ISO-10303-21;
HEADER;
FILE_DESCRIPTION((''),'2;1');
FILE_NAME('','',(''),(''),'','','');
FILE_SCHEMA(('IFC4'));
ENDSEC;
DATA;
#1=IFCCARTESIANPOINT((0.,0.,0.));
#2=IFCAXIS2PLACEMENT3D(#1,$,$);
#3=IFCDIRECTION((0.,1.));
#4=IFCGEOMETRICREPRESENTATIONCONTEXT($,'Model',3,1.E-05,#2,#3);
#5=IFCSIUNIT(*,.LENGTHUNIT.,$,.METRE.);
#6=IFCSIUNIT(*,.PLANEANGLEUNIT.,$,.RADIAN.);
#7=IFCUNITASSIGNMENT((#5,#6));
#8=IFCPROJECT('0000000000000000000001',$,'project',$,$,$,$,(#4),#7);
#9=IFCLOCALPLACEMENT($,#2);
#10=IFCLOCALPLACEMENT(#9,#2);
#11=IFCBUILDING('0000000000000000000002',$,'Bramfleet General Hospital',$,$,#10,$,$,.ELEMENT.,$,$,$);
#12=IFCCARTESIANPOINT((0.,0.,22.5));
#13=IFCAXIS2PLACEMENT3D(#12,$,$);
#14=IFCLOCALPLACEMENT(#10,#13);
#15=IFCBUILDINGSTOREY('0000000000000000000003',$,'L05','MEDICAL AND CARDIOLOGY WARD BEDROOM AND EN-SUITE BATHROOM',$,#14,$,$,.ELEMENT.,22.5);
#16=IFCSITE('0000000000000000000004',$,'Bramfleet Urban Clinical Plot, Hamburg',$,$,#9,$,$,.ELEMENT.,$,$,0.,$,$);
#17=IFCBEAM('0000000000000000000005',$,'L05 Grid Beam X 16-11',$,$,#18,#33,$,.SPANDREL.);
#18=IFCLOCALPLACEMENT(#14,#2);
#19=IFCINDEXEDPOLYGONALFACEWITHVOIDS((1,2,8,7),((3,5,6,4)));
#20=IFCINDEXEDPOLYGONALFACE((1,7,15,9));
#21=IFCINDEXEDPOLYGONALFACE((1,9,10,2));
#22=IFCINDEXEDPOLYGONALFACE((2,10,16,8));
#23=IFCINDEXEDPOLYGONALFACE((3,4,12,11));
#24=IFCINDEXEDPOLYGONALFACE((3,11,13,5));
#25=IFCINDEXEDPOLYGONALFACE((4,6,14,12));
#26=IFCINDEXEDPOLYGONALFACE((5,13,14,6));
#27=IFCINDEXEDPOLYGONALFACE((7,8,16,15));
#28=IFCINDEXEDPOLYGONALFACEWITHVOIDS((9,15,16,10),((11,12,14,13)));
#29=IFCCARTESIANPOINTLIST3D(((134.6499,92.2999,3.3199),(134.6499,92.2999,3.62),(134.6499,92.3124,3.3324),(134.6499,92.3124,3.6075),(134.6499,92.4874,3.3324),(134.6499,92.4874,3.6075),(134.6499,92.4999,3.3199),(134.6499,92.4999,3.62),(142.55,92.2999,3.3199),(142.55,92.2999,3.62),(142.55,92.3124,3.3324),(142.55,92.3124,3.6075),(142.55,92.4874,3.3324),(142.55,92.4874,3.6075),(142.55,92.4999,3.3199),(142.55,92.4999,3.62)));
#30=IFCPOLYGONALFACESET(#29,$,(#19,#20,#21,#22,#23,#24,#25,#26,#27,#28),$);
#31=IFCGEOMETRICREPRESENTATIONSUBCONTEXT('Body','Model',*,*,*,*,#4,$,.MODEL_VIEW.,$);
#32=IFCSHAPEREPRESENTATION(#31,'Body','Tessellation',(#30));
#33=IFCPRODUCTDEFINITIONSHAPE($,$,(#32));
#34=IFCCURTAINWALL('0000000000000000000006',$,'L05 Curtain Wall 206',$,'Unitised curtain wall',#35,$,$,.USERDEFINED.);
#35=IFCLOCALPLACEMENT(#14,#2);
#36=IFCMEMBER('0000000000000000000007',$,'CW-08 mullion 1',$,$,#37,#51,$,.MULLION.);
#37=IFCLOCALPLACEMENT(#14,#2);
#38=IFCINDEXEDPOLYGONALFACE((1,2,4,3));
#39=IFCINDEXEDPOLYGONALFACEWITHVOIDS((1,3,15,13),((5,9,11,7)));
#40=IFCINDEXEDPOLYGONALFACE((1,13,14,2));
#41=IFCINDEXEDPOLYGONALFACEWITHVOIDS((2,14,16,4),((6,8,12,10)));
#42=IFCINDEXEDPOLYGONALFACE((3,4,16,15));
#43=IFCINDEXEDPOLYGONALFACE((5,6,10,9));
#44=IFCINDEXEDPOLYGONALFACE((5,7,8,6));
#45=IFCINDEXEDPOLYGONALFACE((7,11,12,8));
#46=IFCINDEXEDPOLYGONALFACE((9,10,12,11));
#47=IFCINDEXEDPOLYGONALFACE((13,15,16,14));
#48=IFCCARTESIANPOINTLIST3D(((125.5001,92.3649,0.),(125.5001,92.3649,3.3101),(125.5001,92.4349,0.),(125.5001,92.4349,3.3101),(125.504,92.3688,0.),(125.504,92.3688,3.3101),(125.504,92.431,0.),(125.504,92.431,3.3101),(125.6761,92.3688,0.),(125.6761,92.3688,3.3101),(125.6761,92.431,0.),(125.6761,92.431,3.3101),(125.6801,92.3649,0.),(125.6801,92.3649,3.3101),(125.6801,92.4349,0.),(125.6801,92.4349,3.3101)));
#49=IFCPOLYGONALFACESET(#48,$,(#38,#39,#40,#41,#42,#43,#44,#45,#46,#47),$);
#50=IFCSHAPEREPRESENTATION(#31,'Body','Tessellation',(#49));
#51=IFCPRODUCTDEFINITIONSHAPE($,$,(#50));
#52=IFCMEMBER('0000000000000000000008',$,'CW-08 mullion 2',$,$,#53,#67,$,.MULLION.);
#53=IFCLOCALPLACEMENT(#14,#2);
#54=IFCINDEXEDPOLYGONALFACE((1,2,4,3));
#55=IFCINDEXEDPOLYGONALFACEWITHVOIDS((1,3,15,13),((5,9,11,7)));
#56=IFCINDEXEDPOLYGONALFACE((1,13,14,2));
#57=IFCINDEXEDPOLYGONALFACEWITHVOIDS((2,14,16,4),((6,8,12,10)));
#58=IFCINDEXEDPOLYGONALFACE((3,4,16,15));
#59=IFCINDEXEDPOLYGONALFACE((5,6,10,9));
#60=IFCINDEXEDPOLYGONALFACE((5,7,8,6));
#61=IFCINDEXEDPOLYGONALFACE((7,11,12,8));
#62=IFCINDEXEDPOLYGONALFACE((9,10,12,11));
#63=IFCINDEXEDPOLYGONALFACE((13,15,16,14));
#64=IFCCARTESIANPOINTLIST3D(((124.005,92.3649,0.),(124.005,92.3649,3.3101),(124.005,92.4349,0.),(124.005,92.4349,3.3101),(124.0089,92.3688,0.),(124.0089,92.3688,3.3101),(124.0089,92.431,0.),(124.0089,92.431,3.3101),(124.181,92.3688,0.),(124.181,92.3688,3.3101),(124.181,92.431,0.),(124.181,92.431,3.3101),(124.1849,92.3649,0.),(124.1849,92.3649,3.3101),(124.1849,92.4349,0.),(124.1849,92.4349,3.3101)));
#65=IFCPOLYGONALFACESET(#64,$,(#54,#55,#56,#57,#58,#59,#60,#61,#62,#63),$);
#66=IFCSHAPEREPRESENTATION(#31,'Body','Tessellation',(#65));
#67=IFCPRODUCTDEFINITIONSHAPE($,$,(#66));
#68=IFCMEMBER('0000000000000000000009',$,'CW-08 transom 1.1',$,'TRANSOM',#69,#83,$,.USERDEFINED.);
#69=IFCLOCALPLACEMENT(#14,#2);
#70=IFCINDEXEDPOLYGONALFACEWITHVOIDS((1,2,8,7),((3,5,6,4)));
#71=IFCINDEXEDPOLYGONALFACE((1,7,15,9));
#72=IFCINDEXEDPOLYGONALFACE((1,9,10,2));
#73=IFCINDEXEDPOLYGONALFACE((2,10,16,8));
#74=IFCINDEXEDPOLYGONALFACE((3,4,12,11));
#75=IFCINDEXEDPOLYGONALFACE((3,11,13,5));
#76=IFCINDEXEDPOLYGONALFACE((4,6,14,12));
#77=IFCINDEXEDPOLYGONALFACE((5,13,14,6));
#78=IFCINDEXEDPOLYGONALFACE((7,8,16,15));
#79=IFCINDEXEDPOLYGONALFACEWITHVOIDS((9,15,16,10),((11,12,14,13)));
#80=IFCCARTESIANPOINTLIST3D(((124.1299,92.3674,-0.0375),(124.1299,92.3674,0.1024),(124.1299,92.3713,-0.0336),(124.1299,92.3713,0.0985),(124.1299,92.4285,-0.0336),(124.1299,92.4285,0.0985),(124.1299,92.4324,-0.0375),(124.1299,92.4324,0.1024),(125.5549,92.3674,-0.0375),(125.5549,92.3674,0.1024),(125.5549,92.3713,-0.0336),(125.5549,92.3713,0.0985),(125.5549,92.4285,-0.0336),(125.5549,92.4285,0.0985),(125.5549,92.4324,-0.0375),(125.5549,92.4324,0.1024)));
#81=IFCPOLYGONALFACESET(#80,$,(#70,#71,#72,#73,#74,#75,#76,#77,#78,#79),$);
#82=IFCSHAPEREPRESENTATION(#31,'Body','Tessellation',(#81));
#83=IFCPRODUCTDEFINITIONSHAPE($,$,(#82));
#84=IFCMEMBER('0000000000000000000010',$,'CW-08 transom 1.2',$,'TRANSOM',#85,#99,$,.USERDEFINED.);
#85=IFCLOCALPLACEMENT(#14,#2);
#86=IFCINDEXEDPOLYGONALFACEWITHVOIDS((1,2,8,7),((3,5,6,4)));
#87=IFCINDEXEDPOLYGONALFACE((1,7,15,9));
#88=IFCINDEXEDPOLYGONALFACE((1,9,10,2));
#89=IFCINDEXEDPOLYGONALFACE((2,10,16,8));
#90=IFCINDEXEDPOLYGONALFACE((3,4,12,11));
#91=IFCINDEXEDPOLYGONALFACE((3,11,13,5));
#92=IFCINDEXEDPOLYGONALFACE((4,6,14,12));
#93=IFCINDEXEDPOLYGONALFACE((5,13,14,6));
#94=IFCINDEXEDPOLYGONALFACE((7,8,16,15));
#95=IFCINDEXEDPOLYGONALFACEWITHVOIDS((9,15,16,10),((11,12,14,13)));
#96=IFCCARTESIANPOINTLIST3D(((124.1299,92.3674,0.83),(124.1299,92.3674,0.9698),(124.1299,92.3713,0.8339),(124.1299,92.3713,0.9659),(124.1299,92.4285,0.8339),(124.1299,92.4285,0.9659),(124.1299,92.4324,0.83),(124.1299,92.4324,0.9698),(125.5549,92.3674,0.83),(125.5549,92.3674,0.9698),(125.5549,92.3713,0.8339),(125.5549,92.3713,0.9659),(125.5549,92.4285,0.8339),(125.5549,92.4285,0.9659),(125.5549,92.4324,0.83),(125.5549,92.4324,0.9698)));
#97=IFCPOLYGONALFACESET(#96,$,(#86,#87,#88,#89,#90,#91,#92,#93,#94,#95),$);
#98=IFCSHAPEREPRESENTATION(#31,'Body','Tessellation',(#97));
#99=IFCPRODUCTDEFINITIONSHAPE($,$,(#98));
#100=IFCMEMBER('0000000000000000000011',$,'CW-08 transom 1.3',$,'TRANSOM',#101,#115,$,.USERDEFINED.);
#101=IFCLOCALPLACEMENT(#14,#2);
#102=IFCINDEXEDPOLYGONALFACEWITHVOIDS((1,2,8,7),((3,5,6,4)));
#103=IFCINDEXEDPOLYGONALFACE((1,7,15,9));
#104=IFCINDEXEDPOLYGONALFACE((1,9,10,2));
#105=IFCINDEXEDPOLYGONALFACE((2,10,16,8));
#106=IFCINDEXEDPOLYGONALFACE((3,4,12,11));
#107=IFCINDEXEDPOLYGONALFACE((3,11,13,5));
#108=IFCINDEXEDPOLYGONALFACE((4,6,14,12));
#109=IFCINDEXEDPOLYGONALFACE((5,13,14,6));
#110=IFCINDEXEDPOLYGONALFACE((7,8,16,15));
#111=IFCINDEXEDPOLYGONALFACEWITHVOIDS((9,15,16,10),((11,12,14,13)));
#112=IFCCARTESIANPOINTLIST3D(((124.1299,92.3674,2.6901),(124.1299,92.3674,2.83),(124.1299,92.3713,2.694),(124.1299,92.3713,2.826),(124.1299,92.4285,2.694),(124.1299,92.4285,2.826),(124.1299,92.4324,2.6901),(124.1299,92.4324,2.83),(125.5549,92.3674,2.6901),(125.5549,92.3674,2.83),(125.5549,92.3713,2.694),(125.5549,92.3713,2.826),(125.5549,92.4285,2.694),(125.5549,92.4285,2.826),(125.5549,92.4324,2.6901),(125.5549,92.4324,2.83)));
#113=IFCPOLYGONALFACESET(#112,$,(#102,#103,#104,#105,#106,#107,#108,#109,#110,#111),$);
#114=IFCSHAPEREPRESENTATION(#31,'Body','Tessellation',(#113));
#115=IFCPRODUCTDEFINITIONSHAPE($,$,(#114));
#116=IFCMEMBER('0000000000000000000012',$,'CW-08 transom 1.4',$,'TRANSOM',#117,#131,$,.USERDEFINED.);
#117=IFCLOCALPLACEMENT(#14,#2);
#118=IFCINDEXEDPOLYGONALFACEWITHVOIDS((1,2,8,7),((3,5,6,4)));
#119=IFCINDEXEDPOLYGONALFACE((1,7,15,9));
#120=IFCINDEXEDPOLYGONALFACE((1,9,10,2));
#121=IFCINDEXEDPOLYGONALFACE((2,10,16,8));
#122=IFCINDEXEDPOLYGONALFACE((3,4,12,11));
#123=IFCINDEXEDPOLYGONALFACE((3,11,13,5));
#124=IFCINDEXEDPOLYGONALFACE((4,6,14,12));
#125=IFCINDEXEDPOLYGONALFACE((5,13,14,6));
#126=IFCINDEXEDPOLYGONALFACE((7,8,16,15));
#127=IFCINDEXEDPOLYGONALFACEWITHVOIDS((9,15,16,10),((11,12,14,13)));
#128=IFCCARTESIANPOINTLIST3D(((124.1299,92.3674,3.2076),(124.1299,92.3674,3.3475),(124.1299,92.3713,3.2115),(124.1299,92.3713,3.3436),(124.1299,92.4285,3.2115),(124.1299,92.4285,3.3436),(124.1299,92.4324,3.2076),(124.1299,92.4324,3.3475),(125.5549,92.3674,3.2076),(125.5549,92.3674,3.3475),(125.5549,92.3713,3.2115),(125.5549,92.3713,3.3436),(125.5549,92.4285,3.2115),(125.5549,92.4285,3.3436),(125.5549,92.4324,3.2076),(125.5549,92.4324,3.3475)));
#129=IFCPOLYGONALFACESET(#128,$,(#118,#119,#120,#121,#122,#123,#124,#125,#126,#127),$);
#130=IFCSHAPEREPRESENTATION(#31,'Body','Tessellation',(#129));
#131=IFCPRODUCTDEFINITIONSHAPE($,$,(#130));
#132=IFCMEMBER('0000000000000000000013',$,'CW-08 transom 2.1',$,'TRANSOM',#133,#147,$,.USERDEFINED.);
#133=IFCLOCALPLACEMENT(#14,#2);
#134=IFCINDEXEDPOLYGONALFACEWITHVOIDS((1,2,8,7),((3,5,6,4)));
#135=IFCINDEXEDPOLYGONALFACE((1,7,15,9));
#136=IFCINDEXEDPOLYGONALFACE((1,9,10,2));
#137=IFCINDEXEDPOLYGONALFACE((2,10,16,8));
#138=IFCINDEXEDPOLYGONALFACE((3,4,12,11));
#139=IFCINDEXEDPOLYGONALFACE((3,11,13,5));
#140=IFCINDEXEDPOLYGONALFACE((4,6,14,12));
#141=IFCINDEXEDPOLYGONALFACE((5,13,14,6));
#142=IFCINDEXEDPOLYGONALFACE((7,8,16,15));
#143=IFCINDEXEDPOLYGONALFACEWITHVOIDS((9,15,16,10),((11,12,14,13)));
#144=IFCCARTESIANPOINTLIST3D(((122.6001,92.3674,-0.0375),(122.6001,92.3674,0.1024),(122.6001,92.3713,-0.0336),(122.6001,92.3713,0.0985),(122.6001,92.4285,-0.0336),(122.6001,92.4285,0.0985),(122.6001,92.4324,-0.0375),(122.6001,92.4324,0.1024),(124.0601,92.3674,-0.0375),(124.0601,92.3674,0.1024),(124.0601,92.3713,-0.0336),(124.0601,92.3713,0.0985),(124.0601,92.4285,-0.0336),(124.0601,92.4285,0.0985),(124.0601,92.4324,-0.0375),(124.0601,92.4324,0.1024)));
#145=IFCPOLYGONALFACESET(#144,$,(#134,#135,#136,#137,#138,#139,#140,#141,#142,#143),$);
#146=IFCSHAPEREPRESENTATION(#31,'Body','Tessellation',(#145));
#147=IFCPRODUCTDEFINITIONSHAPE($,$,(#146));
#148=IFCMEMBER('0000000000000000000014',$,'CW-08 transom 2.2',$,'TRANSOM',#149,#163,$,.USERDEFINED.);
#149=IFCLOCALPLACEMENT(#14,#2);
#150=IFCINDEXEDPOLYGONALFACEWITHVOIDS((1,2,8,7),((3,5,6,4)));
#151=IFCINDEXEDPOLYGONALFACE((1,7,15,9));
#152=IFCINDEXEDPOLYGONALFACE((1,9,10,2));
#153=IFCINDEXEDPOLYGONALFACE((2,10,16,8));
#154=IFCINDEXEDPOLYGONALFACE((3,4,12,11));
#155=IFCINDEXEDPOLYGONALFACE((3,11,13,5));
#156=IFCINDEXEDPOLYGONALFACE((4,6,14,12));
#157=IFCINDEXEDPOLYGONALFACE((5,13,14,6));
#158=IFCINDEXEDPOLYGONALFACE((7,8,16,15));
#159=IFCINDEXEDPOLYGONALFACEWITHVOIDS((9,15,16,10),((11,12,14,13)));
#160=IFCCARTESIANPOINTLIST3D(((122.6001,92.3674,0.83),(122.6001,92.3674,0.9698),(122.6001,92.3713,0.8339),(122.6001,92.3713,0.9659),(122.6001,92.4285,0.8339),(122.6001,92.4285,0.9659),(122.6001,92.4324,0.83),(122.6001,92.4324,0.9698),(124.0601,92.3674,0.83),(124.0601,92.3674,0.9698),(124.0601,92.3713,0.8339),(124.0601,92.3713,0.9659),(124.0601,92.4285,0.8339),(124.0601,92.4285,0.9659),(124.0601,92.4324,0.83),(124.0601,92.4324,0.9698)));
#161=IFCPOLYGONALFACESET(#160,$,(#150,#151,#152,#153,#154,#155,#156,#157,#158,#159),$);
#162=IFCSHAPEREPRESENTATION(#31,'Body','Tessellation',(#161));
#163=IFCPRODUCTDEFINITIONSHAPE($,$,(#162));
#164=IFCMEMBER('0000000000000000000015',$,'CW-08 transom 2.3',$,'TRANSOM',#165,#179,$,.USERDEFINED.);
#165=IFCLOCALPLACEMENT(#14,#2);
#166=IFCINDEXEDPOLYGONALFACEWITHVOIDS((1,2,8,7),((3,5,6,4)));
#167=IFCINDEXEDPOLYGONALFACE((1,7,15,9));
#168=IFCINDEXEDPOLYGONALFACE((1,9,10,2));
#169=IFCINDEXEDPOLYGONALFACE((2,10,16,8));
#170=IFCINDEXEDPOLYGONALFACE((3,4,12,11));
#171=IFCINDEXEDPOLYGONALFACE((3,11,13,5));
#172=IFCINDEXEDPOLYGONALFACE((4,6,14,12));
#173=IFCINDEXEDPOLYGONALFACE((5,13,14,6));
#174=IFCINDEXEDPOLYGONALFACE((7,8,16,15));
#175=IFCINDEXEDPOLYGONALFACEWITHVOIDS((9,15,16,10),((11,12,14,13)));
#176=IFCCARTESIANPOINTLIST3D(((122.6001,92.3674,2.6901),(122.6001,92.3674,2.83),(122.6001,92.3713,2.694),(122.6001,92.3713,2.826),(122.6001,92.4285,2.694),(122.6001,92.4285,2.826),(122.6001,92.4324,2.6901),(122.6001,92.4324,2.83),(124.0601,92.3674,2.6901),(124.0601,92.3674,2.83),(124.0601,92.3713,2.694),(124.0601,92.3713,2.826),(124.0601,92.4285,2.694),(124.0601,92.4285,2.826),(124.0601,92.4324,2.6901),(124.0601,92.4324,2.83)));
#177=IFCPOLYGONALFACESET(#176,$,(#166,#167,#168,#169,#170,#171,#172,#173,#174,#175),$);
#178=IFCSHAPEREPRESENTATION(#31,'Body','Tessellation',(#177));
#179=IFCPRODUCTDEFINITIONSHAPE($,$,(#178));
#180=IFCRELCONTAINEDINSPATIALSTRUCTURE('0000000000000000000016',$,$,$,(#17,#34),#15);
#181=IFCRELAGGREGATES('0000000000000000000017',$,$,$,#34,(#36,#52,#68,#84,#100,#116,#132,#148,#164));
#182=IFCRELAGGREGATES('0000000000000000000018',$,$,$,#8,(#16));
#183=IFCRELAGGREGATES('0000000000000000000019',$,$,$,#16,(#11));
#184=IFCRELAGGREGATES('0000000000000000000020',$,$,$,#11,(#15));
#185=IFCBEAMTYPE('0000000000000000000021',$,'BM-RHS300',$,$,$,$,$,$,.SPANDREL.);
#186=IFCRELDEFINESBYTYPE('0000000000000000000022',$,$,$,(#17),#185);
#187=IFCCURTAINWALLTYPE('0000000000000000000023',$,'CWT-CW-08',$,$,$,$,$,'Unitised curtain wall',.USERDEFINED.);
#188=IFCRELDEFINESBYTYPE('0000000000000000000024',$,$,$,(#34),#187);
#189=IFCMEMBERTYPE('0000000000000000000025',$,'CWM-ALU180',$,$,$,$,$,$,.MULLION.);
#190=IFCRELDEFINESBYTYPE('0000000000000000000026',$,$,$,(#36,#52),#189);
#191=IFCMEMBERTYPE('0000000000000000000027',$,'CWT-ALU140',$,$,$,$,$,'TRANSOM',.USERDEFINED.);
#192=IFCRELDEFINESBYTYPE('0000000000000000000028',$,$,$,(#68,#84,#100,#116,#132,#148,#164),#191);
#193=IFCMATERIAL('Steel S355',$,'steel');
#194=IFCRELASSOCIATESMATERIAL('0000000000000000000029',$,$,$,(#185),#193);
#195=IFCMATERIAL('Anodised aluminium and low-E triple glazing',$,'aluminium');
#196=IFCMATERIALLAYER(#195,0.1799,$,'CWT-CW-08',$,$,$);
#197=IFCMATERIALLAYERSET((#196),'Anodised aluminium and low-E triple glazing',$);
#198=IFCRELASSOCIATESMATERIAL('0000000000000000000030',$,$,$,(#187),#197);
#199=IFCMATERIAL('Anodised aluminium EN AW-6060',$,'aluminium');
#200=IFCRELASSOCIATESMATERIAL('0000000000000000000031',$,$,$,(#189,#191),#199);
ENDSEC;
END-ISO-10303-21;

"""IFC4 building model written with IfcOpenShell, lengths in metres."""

from ifc_helpers import new_model, si_unit, direction, frame, origin, origin_2d, place, context, subcontext, project, spatial, hollow_rectangle, extrude, material, layer, layer_set, material_profile, profile_set, type_object, element, aggregate, save


model = new_model("IFC4")

# Units and contexts
model_context = context("Model", 3, precision=1e-05, world=origin(), true_north=direction((0.0, 1.0)))
body_context = subcontext(model_context, "Body", "Model", "MODEL_VIEW")
ifc_project = project(units=[si_unit("LENGTHUNIT", "METRE"), si_unit("PLANEANGLEUNIT", "RADIAN")], contexts=[model_context])

# Site, building, storey
site_placement = place(None, origin())
site = spatial("IfcSite", under=ifc_project, at=site_placement, Name="Bramfleet Urban Clinical Plot, Hamburg", CompositionType="ELEMENT", RefElevation=0.0)
building_placement = place(site_placement, origin())
building = spatial("IfcBuilding", under=site, at=building_placement, Name="Bramfleet General Hospital", CompositionType="ELEMENT")
storey_placement = place(building_placement, frame((0.0, 0.0, 22.5)))
storey = spatial("IfcBuildingStorey", under=building, at=storey_placement, Name="L05", Description="MEDICAL AND CARDIOLOGY WARD BEDROOM AND EN-SUITE BATHROOM", CompositionType="ELEMENT", Elevation=22.5)

# Beam
ifc_material_1 = material(Name="Steel S355", Category="steel")
ifc_material_profile_1 = material_profile(ifc_material_1, hollow_rectangle(XDim=0.2, YDim=0.3, WallThickness=0.0125, at=origin_2d()), Name="RHS 300x200x12.5")
ifc_profile_set_1 = profile_set([ifc_material_profile_1], Name="Steel S355")
beam_type_1 = type_object("IfcBeamType", Name="BM-RHS300", PredefinedType="SPANDREL", material=ifc_profile_set_1)
beam_1_placement = place(storey_placement, frame((134.6499, 92.3999, 3.47), z_axis=(1.0, 0.0, 0.0), x_axis=(0.0, 1.0, 0.0)))
element("IfcBeam", 1, at=beam_1_placement, inside=storey, type_object=beam_type_1, Name="L05 Grid Beam X 16-11", PredefinedType="SPANDREL", context=body_context, shape_type="SweptSolid", body=[
    extrude(hollow_rectangle(XDim=0.2, YDim=0.3, WallThickness=0.0125, at=origin_2d()), origin(), (0.0, 0.0, 1.0), 7.9001),
])

# Curtain wall, members
ifc_material_2 = material(Name="Anodised aluminium and low-E triple glazing", Category="aluminium")
ifc_layer_1 = layer(ifc_material_2, 0.1799, Name="CWT-CW-08")
ifc_layer_set_1 = layer_set([ifc_layer_1], Name="Anodised aluminium and low-E triple glazing")
curtain_wall_type = type_object("IfcCurtainWallType", Name="CWT-CW-08", ElementType="Unitised curtain wall", PredefinedType="USERDEFINED", material=ifc_layer_set_1)
curtain_wall_placement = place(storey_placement, origin())
curtain_wall = element("IfcCurtainWall", 2, at=curtain_wall_placement, inside=storey, type_object=curtain_wall_type, Name="L05 Curtain Wall 206", ObjectType="Unitised curtain wall", PredefinedType="USERDEFINED")
ifc_material_3 = material(Name="Anodised aluminium EN AW-6060", Category="aluminium")
ifc_material_profile_2 = material_profile(ifc_material_3, hollow_rectangle(XDim=0.0701, YDim=0.1799, WallThickness=0.0039, at=origin_2d()), Name="ALU 180x70x4.0")
ifc_profile_set_2 = profile_set([ifc_material_profile_2], Name="Anodised aluminium EN AW-6060")
member_type_1 = type_object("IfcMemberType", Name="CWM-ALU180", PredefinedType="MULLION", material=ifc_profile_set_2)
member_1_placement = place(storey_placement, frame((125.5901, 92.3999, 0.0), z_axis=(0.0, 0.0, 1.0), x_axis=(0.0, -1.0, 0.0)))
member_1 = element("IfcMember", 3, at=member_1_placement, type_object=member_type_1, Name="CW-08 mullion 1", PredefinedType="MULLION", context=body_context, shape_type="SweptSolid", body=[
    extrude(hollow_rectangle(XDim=0.0701, YDim=0.1799, WallThickness=0.0039, at=origin_2d()), origin(), (0.0, 0.0, 1.0), 3.3101),
])
member_2_placement = place(storey_placement, frame((124.095, 92.3999, 0.0), z_axis=(0.0, 0.0, 1.0), x_axis=(0.0, -1.0, 0.0)))
member_2 = element("IfcMember", 4, at=member_2_placement, type_object=member_type_1, Name="CW-08 mullion 2", PredefinedType="MULLION", context=body_context, shape_type="SweptSolid", body=[
    extrude(hollow_rectangle(XDim=0.0701, YDim=0.1799, WallThickness=0.0039, at=origin_2d()), origin(), (0.0, 0.0, 1.0), 3.3101),
])
ifc_material_profile_3 = material_profile(ifc_material_3, hollow_rectangle(XDim=0.0649, YDim=0.1399, WallThickness=0.0039, at=origin_2d()), Name="ALU 140x65x4.0")
ifc_profile_set_3 = profile_set([ifc_material_profile_3], Name="Anodised aluminium EN AW-6060")
member_type_2 = type_object("IfcMemberType", Name="CWT-ALU140", ElementType="TRANSOM", PredefinedType="USERDEFINED", material=ifc_profile_set_3)
member_3_placement = place(storey_placement, frame((125.5549, 92.3999, 0.0325), z_axis=(-1.0, 0.0, 0.0), x_axis=(0.0, -1.0, 0.0)))
member_3 = element("IfcMember", 5, at=member_3_placement, type_object=member_type_2, Name="CW-08 transom 1.1", ObjectType="TRANSOM", PredefinedType="USERDEFINED", context=body_context, shape_type="SweptSolid", body=[
    extrude(hollow_rectangle(XDim=0.0649, YDim=0.1399, WallThickness=0.0039, at=origin_2d()), origin(), (0.0, 0.0, 1.0), 1.425),
])
member_4_placement = place(storey_placement, frame((125.5549, 92.3999, 0.8999), z_axis=(-1.0, 0.0, 0.0), x_axis=(0.0, -1.0, 0.0)))
member_4 = element("IfcMember", 6, at=member_4_placement, type_object=member_type_2, Name="CW-08 transom 1.2", ObjectType="TRANSOM", PredefinedType="USERDEFINED", context=body_context, shape_type="SweptSolid", body=[
    extrude(hollow_rectangle(XDim=0.0649, YDim=0.1399, WallThickness=0.0039, at=origin_2d()), origin(), (0.0, 0.0, 1.0), 1.425),
])
member_5_placement = place(storey_placement, frame((125.5549, 92.3999, 2.76), z_axis=(-1.0, 0.0, 0.0), x_axis=(0.0, -1.0, 0.0)))
member_5 = element("IfcMember", 7, at=member_5_placement, type_object=member_type_2, Name="CW-08 transom 1.3", ObjectType="TRANSOM", PredefinedType="USERDEFINED", context=body_context, shape_type="SweptSolid", body=[
    extrude(hollow_rectangle(XDim=0.0649, YDim=0.1399, WallThickness=0.0039, at=origin_2d()), origin(), (0.0, 0.0, 1.0), 1.425),
])
member_6_placement = place(storey_placement, frame((125.5549, 92.3999, 3.2776), z_axis=(-1.0, 0.0, 0.0), x_axis=(0.0, -1.0, 0.0)))
member_6 = element("IfcMember", 8, at=member_6_placement, type_object=member_type_2, Name="CW-08 transom 1.4", ObjectType="TRANSOM", PredefinedType="USERDEFINED", context=body_context, shape_type="SweptSolid", body=[
    extrude(hollow_rectangle(XDim=0.0649, YDim=0.1399, WallThickness=0.0039, at=origin_2d()), origin(), (0.0, 0.0, 1.0), 1.425),
])
member_7_placement = place(storey_placement, frame((124.0601, 92.3999, 0.0325), z_axis=(-1.0, 0.0, 0.0), x_axis=(0.0, -1.0, 0.0)))
member_7 = element("IfcMember", 9, at=member_7_placement, type_object=member_type_2, Name="CW-08 transom 2.1", ObjectType="TRANSOM", PredefinedType="USERDEFINED", context=body_context, shape_type="SweptSolid", body=[
    extrude(hollow_rectangle(XDim=0.0649, YDim=0.1399, WallThickness=0.0039, at=origin_2d()), origin(), (0.0, 0.0, 1.0), 1.46),
])
member_8_placement = place(storey_placement, frame((124.0601, 92.3999, 0.8999), z_axis=(-1.0, 0.0, 0.0), x_axis=(0.0, -1.0, 0.0)))
member_8 = element("IfcMember", 10, at=member_8_placement, type_object=member_type_2, Name="CW-08 transom 2.2", ObjectType="TRANSOM", PredefinedType="USERDEFINED", context=body_context, shape_type="SweptSolid", body=[
    extrude(hollow_rectangle(XDim=0.0649, YDim=0.1399, WallThickness=0.0039, at=origin_2d()), origin(), (0.0, 0.0, 1.0), 1.46),
])
member_9_placement = place(storey_placement, frame((124.0601, 92.3999, 2.76), z_axis=(-1.0, 0.0, 0.0), x_axis=(0.0, -1.0, 0.0)))
member_9 = element("IfcMember", 11, at=member_9_placement, type_object=member_type_2, Name="CW-08 transom 2.3", ObjectType="TRANSOM", PredefinedType="USERDEFINED", context=body_context, shape_type="SweptSolid", body=[
    extrude(hollow_rectangle(XDim=0.0649, YDim=0.1399, WallThickness=0.0039, at=origin_2d()), origin(), (0.0, 0.0, 1.0), 1.46),
])
aggregate(curtain_wall, [member_1, member_2, member_3, member_4, member_5, member_6, member_7, member_8, member_9])

save(model, "model.ifc")
